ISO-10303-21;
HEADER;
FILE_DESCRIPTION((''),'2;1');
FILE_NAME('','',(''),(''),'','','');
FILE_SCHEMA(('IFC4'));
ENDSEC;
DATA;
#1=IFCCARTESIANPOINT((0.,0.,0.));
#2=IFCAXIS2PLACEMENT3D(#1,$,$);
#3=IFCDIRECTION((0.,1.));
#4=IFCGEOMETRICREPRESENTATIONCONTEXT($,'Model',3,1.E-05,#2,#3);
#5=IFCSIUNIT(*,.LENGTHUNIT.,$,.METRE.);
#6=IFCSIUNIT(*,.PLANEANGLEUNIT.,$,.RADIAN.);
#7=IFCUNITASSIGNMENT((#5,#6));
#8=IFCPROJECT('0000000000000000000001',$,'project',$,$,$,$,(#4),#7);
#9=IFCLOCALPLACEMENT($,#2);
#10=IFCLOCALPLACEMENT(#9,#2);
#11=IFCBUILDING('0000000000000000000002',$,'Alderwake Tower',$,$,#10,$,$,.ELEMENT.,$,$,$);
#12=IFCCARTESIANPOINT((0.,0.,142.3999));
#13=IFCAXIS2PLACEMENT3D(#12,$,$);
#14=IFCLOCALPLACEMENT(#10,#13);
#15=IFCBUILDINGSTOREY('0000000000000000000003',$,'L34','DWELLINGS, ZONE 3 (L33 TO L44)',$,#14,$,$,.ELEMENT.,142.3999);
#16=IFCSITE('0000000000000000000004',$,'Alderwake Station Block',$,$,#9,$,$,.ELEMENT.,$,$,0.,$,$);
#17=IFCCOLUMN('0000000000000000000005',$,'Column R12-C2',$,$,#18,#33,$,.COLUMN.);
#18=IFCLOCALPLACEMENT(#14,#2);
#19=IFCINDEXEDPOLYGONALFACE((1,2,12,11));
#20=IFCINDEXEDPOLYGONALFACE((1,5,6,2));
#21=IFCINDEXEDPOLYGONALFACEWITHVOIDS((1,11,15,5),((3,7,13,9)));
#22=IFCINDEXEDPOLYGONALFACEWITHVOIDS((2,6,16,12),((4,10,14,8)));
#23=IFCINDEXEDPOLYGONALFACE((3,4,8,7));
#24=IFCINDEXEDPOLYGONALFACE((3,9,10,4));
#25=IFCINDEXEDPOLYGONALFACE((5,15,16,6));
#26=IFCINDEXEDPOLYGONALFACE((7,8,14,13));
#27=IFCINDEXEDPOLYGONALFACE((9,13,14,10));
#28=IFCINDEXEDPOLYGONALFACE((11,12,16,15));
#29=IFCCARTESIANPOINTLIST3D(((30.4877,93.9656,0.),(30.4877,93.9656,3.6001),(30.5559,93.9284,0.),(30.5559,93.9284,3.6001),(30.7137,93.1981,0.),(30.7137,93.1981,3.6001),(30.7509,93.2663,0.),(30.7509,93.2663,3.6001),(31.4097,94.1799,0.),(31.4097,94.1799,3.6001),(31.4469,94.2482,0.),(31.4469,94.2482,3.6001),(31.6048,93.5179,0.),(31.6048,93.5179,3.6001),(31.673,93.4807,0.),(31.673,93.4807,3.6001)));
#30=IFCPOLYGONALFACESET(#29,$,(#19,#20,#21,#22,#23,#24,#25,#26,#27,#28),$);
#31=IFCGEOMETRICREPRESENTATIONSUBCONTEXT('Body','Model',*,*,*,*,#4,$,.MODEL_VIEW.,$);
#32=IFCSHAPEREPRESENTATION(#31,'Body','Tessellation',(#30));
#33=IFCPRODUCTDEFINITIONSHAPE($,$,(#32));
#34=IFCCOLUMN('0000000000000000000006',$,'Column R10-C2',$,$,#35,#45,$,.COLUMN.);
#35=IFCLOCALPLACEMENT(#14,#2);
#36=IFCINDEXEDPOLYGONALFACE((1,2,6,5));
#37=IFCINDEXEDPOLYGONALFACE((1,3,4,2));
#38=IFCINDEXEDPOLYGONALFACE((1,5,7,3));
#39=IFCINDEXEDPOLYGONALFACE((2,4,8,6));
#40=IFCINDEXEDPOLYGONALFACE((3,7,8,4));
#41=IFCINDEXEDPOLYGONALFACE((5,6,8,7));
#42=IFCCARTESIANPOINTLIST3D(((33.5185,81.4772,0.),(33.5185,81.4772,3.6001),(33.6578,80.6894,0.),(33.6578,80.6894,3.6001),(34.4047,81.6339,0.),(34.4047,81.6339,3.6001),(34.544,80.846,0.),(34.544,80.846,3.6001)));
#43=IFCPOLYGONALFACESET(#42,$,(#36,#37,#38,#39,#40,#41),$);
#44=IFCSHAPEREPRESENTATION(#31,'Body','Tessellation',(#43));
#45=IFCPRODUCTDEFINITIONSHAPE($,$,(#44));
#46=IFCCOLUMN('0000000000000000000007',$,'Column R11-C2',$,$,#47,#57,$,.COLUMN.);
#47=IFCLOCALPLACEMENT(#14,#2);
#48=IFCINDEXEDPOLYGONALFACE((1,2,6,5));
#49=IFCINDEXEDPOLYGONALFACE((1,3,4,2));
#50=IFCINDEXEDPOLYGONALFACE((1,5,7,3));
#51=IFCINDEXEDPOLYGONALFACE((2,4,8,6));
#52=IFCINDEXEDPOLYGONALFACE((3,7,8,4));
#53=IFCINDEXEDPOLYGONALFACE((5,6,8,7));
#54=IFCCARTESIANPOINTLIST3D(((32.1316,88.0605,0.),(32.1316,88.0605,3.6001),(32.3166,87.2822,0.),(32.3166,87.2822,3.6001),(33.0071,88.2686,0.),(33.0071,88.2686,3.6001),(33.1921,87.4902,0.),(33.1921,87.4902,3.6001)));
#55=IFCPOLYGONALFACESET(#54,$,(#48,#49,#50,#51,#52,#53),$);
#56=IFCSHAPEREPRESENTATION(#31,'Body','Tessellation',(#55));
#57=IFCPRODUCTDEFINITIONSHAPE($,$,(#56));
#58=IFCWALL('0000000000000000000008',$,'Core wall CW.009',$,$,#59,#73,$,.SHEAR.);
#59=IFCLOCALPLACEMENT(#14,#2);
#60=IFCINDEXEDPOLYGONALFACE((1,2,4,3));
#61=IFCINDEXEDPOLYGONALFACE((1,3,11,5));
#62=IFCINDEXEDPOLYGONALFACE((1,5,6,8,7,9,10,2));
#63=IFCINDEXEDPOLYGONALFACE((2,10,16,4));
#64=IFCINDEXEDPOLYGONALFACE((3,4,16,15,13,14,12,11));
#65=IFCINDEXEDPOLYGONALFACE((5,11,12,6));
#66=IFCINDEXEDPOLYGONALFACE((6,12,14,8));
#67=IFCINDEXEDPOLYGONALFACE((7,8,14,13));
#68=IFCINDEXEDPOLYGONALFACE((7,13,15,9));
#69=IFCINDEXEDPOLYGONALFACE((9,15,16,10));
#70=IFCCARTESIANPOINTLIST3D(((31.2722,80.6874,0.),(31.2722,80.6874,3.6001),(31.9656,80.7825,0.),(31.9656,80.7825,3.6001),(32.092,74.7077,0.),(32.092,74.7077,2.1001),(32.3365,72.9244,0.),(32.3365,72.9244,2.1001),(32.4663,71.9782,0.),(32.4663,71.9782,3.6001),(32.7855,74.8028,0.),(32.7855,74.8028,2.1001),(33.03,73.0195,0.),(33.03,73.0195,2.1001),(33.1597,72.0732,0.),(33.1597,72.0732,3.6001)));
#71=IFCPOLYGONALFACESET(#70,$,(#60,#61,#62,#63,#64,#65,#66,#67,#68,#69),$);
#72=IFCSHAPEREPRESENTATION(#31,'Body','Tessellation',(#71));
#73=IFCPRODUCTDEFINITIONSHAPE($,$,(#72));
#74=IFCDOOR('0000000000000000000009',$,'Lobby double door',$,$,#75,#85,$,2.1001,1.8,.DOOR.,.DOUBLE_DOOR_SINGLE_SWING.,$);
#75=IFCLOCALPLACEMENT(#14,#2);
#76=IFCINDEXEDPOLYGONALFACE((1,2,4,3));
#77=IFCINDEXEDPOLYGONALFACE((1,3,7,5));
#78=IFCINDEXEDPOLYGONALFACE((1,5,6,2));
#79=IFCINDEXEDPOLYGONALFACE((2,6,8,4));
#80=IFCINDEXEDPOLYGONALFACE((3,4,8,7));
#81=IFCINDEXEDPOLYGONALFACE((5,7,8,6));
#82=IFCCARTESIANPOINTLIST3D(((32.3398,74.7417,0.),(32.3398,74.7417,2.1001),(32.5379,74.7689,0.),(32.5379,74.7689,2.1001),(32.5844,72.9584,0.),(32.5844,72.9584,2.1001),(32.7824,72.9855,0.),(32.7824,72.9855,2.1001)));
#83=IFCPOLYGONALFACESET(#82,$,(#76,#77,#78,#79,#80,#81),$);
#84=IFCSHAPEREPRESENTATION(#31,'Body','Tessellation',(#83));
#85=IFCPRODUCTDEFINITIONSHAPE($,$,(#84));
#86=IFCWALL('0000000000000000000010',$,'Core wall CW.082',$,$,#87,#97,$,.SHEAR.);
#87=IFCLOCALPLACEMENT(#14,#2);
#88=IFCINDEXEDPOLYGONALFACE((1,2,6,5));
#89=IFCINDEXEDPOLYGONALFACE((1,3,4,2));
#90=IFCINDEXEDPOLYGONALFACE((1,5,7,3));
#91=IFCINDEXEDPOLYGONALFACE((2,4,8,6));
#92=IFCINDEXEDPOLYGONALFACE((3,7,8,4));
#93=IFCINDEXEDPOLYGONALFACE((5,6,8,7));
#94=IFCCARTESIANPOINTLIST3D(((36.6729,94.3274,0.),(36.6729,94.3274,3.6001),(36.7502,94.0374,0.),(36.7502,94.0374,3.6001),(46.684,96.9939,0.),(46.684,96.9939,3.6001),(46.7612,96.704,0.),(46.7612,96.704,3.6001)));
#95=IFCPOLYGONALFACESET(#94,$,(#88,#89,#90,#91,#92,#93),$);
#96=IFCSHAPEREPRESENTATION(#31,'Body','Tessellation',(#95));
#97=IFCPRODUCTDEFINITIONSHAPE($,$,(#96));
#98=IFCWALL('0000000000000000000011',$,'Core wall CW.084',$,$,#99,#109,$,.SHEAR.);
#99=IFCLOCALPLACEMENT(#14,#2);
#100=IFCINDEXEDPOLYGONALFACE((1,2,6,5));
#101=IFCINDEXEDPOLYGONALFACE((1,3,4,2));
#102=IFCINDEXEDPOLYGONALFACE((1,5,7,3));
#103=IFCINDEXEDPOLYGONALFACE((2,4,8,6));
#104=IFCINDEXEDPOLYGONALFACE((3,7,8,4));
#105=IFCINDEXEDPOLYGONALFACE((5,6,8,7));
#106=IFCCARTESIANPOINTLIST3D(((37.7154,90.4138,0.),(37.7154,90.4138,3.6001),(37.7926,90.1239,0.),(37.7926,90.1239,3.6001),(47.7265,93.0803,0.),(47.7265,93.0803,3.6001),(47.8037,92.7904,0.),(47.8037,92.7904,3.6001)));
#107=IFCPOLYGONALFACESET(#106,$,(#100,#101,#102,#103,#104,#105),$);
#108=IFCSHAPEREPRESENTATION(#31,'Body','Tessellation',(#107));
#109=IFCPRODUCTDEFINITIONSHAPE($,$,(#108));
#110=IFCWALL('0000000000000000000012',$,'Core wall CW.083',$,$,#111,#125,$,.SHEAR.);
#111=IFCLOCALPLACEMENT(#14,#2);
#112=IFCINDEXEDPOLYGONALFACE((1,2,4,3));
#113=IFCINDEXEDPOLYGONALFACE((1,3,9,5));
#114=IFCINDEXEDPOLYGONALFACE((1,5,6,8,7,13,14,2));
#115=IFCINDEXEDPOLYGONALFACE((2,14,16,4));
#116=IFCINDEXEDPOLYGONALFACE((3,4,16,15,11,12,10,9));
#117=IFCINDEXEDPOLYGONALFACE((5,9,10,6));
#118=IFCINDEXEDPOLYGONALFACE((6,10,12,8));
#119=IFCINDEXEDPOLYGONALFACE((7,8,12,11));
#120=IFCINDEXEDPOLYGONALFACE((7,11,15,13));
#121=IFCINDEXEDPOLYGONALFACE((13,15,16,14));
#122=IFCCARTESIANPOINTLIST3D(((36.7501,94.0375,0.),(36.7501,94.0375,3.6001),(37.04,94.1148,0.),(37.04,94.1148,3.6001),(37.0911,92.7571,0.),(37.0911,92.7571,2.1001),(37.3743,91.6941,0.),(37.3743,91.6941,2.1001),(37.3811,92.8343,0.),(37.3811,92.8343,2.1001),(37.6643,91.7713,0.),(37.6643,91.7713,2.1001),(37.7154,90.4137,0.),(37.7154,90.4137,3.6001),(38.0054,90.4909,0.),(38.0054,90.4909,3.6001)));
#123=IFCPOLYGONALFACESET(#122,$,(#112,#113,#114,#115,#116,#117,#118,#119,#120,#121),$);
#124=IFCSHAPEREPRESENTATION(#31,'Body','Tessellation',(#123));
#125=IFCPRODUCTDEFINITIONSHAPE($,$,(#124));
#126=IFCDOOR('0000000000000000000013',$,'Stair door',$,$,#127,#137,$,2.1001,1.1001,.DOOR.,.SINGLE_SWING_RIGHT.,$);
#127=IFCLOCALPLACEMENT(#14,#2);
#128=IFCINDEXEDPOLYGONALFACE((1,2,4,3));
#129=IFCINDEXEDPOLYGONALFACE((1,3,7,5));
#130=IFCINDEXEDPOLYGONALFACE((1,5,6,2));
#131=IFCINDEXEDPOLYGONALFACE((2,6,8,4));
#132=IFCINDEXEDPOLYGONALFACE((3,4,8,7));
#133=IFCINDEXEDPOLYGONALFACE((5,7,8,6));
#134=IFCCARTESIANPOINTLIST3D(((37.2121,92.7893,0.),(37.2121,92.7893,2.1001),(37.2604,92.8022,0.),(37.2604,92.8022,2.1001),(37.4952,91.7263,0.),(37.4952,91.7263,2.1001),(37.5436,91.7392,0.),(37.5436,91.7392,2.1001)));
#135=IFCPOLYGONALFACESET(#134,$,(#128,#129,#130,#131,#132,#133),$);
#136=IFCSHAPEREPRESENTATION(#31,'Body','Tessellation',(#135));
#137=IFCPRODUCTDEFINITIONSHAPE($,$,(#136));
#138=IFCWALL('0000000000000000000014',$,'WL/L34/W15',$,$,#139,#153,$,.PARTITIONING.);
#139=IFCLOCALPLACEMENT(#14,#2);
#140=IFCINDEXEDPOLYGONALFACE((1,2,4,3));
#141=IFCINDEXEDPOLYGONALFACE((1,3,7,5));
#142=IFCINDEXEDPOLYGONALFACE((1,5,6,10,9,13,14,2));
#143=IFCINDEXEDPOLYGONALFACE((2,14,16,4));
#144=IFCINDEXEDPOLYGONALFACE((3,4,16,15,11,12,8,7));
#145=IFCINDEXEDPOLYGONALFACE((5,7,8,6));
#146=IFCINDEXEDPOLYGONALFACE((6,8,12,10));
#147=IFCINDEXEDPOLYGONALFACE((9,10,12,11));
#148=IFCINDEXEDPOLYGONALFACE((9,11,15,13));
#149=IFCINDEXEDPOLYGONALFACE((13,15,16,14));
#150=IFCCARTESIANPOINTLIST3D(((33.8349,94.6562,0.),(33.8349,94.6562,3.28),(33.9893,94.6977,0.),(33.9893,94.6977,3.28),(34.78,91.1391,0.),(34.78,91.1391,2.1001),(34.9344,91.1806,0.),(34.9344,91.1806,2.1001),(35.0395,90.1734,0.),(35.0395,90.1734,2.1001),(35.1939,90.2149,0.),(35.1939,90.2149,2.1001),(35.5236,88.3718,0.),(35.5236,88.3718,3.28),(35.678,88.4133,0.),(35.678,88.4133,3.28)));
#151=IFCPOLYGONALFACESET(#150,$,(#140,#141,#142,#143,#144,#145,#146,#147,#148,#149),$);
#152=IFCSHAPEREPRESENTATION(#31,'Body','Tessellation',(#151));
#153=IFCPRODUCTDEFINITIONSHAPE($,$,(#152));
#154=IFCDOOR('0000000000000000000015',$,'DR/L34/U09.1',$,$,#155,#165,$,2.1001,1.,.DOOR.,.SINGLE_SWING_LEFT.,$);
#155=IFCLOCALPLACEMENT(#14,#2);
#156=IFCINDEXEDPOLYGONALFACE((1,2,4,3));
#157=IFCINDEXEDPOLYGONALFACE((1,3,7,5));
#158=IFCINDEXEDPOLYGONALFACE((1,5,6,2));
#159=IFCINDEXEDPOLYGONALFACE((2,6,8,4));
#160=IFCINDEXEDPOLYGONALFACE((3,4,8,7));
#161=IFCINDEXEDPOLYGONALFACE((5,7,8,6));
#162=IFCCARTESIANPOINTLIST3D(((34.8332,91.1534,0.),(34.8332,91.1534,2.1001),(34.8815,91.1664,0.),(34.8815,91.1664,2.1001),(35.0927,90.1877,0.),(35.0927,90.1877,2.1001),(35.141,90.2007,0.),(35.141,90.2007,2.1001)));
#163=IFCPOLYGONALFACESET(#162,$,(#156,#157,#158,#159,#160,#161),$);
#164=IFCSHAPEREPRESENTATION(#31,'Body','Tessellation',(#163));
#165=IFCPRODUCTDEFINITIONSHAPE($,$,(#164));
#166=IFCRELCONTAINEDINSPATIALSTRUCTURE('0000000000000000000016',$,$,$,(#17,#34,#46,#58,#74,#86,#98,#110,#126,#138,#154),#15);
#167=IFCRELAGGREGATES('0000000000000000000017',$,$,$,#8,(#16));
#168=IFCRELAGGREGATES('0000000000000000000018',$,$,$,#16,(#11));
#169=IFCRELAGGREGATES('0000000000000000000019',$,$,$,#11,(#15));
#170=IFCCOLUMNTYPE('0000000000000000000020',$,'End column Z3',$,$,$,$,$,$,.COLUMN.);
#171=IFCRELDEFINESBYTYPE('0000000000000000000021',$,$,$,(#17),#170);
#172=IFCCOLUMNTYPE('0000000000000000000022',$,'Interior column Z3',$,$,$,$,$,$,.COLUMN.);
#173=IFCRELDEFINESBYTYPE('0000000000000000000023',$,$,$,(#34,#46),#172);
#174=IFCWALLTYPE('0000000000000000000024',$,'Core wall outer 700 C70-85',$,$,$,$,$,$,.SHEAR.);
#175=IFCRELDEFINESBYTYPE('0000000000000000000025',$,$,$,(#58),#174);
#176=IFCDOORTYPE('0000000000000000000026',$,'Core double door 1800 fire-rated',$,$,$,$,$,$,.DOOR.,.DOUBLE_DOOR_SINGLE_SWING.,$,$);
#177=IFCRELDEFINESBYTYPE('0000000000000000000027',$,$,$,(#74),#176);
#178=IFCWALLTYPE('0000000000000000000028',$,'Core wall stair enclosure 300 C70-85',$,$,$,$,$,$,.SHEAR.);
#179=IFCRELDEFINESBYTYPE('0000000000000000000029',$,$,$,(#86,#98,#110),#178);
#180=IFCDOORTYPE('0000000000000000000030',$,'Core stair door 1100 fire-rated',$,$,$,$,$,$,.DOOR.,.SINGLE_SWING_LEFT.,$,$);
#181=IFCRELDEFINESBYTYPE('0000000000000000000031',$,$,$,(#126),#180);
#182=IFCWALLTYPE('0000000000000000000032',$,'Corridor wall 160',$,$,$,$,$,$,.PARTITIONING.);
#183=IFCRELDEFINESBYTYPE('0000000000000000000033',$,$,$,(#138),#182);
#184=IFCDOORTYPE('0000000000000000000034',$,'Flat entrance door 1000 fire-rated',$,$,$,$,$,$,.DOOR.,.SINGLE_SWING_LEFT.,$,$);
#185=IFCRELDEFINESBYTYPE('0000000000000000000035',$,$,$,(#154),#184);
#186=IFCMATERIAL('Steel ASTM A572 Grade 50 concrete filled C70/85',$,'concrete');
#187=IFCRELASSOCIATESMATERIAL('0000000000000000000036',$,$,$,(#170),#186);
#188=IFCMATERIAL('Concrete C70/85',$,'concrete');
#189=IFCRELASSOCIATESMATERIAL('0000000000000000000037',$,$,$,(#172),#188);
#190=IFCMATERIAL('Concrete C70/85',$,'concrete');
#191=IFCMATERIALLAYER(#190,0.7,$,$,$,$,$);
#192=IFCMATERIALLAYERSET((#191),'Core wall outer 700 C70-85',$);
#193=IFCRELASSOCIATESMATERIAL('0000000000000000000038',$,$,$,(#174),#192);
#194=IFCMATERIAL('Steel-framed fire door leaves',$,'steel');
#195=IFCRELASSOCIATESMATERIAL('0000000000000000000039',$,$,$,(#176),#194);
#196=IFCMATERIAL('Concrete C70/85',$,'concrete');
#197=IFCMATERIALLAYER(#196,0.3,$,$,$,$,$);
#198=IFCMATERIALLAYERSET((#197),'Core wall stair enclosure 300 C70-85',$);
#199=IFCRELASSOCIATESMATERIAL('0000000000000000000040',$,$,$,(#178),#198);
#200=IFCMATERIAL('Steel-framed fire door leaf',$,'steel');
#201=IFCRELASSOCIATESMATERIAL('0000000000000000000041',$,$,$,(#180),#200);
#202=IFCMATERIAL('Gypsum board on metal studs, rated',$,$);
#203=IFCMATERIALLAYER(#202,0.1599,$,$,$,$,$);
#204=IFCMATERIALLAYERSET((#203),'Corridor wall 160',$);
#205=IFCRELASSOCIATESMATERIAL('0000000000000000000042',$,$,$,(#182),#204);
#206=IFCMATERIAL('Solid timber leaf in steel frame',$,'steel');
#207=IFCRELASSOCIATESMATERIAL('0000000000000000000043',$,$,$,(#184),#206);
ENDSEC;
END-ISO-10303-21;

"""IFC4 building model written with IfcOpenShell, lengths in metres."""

from ifc_helpers import new_model, si_unit, direction, frame, frame_2d, origin, origin_2d, place, context, subcontext, project, spatial, rectangle, hollow_rectangle, extrude, material, layer, layer_set, material_profile, profile_set, type_object, element, fill, save


model = new_model("IFC4")

# Units and contexts
model_context = context("Model", 3, precision=1e-05, world=origin(), true_north=direction((0.0, 1.0)))
body_context = subcontext(model_context, "Body", "Model", "MODEL_VIEW")
ifc_project = project(units=[si_unit("LENGTHUNIT", "METRE"), si_unit("PLANEANGLEUNIT", "RADIAN")], contexts=[model_context])

# Site, building, storey
site_placement = place(None, origin())
site = spatial("IfcSite", under=ifc_project, at=site_placement, Name="Alderwake Station Block", CompositionType="ELEMENT", RefElevation=0.0)
building_placement = place(site_placement, origin())
building = spatial("IfcBuilding", under=site, at=building_placement, Name="Alderwake Tower", CompositionType="ELEMENT")
storey_placement = place(building_placement, frame((0.0, 0.0, 142.3999)))
storey = spatial("IfcBuildingStorey", under=building, at=storey_placement, Name="L34", Description="DWELLINGS, ZONE 3 (L33 TO L44)", CompositionType="ELEMENT", Elevation=142.3999)

# Columns
ifc_material_1 = material(Name="Steel ASTM A572 Grade 50 concrete filled C70/85", Category="concrete")
ifc_material_profile_1 = material_profile(ifc_material_1, hollow_rectangle(XDim=0.8, YDim=1.0, WallThickness=0.0549, at=origin_2d()), Name="BOX 1000X800X55")
ifc_profile_set_1 = profile_set([ifc_material_profile_1], Name="Steel ASTM A572 Grade 50 concrete filled C70/85")
column_type_1 = type_object("IfcColumnType", Name="End column Z3", PredefinedType="COLUMN", material=ifc_profile_set_1)
column_placement = place(storey_placement, frame((31.0803, 93.7231, 0.0), z_axis=(0.0, 0.0, 1.0), x_axis=(-0.282583, 0.959243, 0.0)))
element("IfcColumn", 1, at=column_placement, inside=storey, type_object=column_type_1, Name="Column R12-C2", PredefinedType="COLUMN", context=body_context, shape_type="SweptSolid", body=[
    extrude(hollow_rectangle(XDim=0.8, YDim=1.0, WallThickness=0.0549, at=origin_2d()), origin(), (0.0, 0.0, 1.0), 3.6001),
])
ifc_material_2 = material(Name="Concrete C70/85", Category="concrete")
ifc_material_profile_2 = material_profile(ifc_material_2, rectangle(XDim=0.8, YDim=0.8999, at=origin_2d()), Name="RC 900X800")
ifc_profile_set_2 = profile_set([ifc_material_profile_2], Name="Concrete C70/85")
column_type_2 = type_object("IfcColumnType", Name="Interior column Z3", PredefinedType="COLUMN", material=ifc_profile_set_2)
for number, where, z_axis, x_axis, name in (
    (2, (34.0312, 81.1616, 0.0), (0.0, 0.0, 1.0), (-0.174109, 0.984726, 0.0), "Column R10-C2"),
    (3, (32.6619, 87.7754, 0.0), (0.0, 0.0, 1.0), (-0.231222, 0.972901, 0.0), "Column R11-C2"),
):
    element("IfcColumn", number, at=place(storey_placement, frame(where, z_axis=z_axis, x_axis=x_axis)), inside=storey, type_object=column_type_2, Name=name, PredefinedType="COLUMN", context=body_context, shape_type="SweptSolid", body=[
        extrude(rectangle(XDim=0.8, YDim=0.8999, at=origin_2d()), origin(), (0.0, 0.0, 1.0), 3.6001),
    ])

# Wall, opening, door
ifc_material_3 = material(Name="Concrete C70/85", Category="concrete")
ifc_layer_1 = layer(ifc_material_3, 0.7)
ifc_layer_set_1 = layer_set([ifc_layer_1], Name="Core wall outer 700 C70-85")
wall_type_1 = type_object("IfcWallType", Name="Core wall outer 700 C70-85", PredefinedType="SHEAR", material=ifc_layer_set_1)
wall_1_placement = place(storey_placement, frame((31.6189, 80.7351, 0.0), z_axis=(0.0, 0.0, 1.0), x_axis=(0.135836, -0.990731, 0.0)))
wall_1 = element("IfcWall", 4, at=wall_1_placement, inside=storey, type_object=wall_type_1, Name="Core wall CW.009", PredefinedType="SHEAR", context=body_context, shape_type="SweptSolid", body=[
    extrude(rectangle(XDim=8.7908, YDim=0.7, at=frame_2d((4.3955, 0.0))), origin(), (0.0, 0.0, 1.0), 3.6001),
])
opening_1_placement = place(wall_1_placement, frame((6.0359, 0.0, 0.0)))
opening_1 = element("IfcOpeningElement", 5, at=opening_1_placement, cuts=wall_1, PredefinedType="OPENING", context=body_context, shape_type="SweptSolid", body=[
    extrude(rectangle(XDim=1.8, YDim=2.1001, at=frame_2d((0.8999, 1.05))), frame((0.0, 0.3599, 0.0), z_axis=(0.0, -1.0, 0.0), x_axis=(1.0, 0.0, 0.0)), (0.0, 0.0, 1.0), 0.72),
])
ifc_material_4 = material(Name="Steel-framed fire door leaves", Category="steel")
door_type_1 = type_object("IfcDoorType", Name="Core double door 1800 fire-rated", OperationType="DOUBLE_DOOR_SINGLE_SWING", PredefinedType="DOOR", material=ifc_material_4)
door_1_placement = place(opening_1_placement, origin())
door_1 = element("IfcDoor", 6, at=door_1_placement, inside=storey, type_object=door_type_1, Name="Lobby double door", OperationType="DOUBLE_DOOR_SINGLE_SWING", OverallHeight=2.1001, OverallWidth=1.8, PredefinedType="DOOR", context=body_context, shape_type="SweptSolid", body=[
    extrude(rectangle(XDim=1.8, YDim=2.1001, at=frame_2d((0.8999, 1.05))), frame((0.0, 0.1001, 0.0), z_axis=(0.0, -1.0, 0.0), x_axis=(1.0, 0.0, 0.0)), (0.0, 0.0, 1.0), 0.2),
])
fill(opening_1, door_1)

# Walls
ifc_material_5 = material(Name="Concrete C70/85", Category="concrete")
ifc_layer_2 = layer(ifc_material_5, 0.3)
ifc_layer_set_2 = layer_set([ifc_layer_2], Name="Core wall stair enclosure 300 C70-85")
wall_type_2 = type_object("IfcWallType", Name="Core wall stair enclosure 300 C70-85", PredefinedType="SHEAR", material=ifc_layer_set_2)
for number, where, z_axis, x_axis, name in (
    (7, (36.7114, 94.1824, 0.0), (0.0, 0.0, 1.0), (0.966309, 0.257384, 0.0), "Core wall CW.082"),
    (8, (37.7539, 90.2688, 0.0), (0.0, 0.0, 1.0), (0.966309, 0.257384, 0.0), "Core wall CW.084"),
):
    element("IfcWall", number, at=place(storey_placement, frame(where, z_axis=z_axis, x_axis=x_axis)), inside=storey, type_object=wall_type_2, Name=name, PredefinedType="SHEAR", context=body_context, shape_type="SweptSolid", body=[
        extrude(rectangle(XDim=10.3601, YDim=0.3, at=frame_2d((5.1802, 0.0))), origin(), (0.0, 0.0, 1.0), 3.6001),
    ])

# Walls, openings, doors
wall_2_placement = place(storey_placement, frame((37.8604, 90.4524, 0.0), z_axis=(0.0, 0.0, 1.0), x_axis=(-0.257411, 0.966302, 0.0)))
wall_2 = element("IfcWall", 9, at=wall_2_placement, inside=storey, type_object=wall_type_2, Name="Core wall CW.083", PredefinedType="SHEAR", context=body_context, shape_type="SweptSolid", body=[
    extrude(rectangle(XDim=3.7502, YDim=0.3, at=frame_2d((1.875, 0.0))), origin(), (0.0, 0.0, 1.0), 3.6001),
])
opening_2_placement = place(wall_2_placement, frame((1.325, 0.0, 0.0)))
opening_2 = element("IfcOpeningElement", 10, at=opening_2_placement, cuts=wall_2, PredefinedType="OPENING", context=body_context, shape_type="SweptSolid", body=[
    extrude(rectangle(XDim=1.1001, YDim=2.1001, at=frame_2d((0.55, 1.05))), frame((0.0, 0.1599, 0.0), z_axis=(0.0, -1.0, 0.0), x_axis=(1.0, 0.0, 0.0)), (0.0, 0.0, 1.0), 0.3201),
])
ifc_material_6 = material(Name="Steel-framed fire door leaf", Category="steel")
door_type_2 = type_object("IfcDoorType", Name="Core stair door 1100 fire-rated", OperationType="SINGLE_SWING_LEFT", PredefinedType="DOOR", material=ifc_material_6)
door_2_placement = place(opening_2_placement, origin())
door_2 = element("IfcDoor", 11, at=door_2_placement, inside=storey, type_object=door_type_2, Name="Stair door", OperationType="SINGLE_SWING_RIGHT", OverallHeight=2.1001, OverallWidth=1.1001, PredefinedType="DOOR", context=body_context, shape_type="SweptSolid", body=[
    extrude(rectangle(XDim=1.1001, YDim=2.1001, at=frame_2d((0.55, 1.05))), frame((0.0, 0.0249, 0.0), z_axis=(0.0, -1.0, 0.0), x_axis=(1.0, 0.0, 0.0)), (0.0, 0.0, 1.0), 0.05),
])
fill(opening_2, door_2)
ifc_material_7 = material(Name="Gypsum board on metal studs, rated")
ifc_layer_3 = layer(ifc_material_7, 0.1599)
ifc_layer_set_3 = layer_set([ifc_layer_3], Name="Corridor wall 160")
wall_type_3 = type_object("IfcWallType", Name="Corridor wall 160", PredefinedType="PARTITIONING", material=ifc_layer_set_3)
wall_3_placement = place(storey_placement, frame((35.6008, 88.3926, 0.0), z_axis=(0.0, 0.0, 1.0), x_axis=(-0.259509, 0.965741, 0.0)))
wall_3 = element("IfcWall", 12, at=wall_3_placement, inside=storey, type_object=wall_type_3, Name="WL/L34/W15", PredefinedType="PARTITIONING", context=body_context, shape_type="SweptSolid", body=[
    extrude(rectangle(XDim=6.5073, YDim=0.1599, at=frame_2d((3.2537, 0.0))), origin(), (0.0, 0.0, 1.0), 3.28),
])
opening_3_placement = place(wall_3_placement, frame((1.8655, 0.0, 0.0)))
opening_3 = element("IfcOpeningElement", 13, at=opening_3_placement, cuts=wall_3, PredefinedType="OPENING", context=body_context, shape_type="SweptSolid", body=[
    extrude(rectangle(XDim=1.0, YDim=2.1001, at=frame_2d((0.5, 1.05))), frame((0.0, 0.0898, 0.0), z_axis=(0.0, -1.0, 0.0), x_axis=(1.0, 0.0, 0.0)), (0.0, 0.0, 1.0), 0.1799),
])
ifc_material_8 = material(Name="Solid timber leaf in steel frame", Category="steel")
door_type_3 = type_object("IfcDoorType", Name="Flat entrance door 1000 fire-rated", OperationType="SINGLE_SWING_LEFT", PredefinedType="DOOR", material=ifc_material_8)
door_3_placement = place(opening_3_placement, origin())
door_3 = element("IfcDoor", 14, at=door_3_placement, inside=storey, type_object=door_type_3, Name="DR/L34/U09.1", OperationType="SINGLE_SWING_LEFT", OverallHeight=2.1001, OverallWidth=1.0, PredefinedType="DOOR", context=body_context, shape_type="SweptSolid", body=[
    extrude(rectangle(XDim=1.0, YDim=2.1001, at=frame_2d((0.5, 1.05))), frame((0.0, 0.0249, 0.0), z_axis=(0.0, -1.0, 0.0), x_axis=(1.0, 0.0, 0.0)), (0.0, 0.0, 1.0), 0.05),
])
fill(opening_3, door_3)

save(model, "model.ifc")
